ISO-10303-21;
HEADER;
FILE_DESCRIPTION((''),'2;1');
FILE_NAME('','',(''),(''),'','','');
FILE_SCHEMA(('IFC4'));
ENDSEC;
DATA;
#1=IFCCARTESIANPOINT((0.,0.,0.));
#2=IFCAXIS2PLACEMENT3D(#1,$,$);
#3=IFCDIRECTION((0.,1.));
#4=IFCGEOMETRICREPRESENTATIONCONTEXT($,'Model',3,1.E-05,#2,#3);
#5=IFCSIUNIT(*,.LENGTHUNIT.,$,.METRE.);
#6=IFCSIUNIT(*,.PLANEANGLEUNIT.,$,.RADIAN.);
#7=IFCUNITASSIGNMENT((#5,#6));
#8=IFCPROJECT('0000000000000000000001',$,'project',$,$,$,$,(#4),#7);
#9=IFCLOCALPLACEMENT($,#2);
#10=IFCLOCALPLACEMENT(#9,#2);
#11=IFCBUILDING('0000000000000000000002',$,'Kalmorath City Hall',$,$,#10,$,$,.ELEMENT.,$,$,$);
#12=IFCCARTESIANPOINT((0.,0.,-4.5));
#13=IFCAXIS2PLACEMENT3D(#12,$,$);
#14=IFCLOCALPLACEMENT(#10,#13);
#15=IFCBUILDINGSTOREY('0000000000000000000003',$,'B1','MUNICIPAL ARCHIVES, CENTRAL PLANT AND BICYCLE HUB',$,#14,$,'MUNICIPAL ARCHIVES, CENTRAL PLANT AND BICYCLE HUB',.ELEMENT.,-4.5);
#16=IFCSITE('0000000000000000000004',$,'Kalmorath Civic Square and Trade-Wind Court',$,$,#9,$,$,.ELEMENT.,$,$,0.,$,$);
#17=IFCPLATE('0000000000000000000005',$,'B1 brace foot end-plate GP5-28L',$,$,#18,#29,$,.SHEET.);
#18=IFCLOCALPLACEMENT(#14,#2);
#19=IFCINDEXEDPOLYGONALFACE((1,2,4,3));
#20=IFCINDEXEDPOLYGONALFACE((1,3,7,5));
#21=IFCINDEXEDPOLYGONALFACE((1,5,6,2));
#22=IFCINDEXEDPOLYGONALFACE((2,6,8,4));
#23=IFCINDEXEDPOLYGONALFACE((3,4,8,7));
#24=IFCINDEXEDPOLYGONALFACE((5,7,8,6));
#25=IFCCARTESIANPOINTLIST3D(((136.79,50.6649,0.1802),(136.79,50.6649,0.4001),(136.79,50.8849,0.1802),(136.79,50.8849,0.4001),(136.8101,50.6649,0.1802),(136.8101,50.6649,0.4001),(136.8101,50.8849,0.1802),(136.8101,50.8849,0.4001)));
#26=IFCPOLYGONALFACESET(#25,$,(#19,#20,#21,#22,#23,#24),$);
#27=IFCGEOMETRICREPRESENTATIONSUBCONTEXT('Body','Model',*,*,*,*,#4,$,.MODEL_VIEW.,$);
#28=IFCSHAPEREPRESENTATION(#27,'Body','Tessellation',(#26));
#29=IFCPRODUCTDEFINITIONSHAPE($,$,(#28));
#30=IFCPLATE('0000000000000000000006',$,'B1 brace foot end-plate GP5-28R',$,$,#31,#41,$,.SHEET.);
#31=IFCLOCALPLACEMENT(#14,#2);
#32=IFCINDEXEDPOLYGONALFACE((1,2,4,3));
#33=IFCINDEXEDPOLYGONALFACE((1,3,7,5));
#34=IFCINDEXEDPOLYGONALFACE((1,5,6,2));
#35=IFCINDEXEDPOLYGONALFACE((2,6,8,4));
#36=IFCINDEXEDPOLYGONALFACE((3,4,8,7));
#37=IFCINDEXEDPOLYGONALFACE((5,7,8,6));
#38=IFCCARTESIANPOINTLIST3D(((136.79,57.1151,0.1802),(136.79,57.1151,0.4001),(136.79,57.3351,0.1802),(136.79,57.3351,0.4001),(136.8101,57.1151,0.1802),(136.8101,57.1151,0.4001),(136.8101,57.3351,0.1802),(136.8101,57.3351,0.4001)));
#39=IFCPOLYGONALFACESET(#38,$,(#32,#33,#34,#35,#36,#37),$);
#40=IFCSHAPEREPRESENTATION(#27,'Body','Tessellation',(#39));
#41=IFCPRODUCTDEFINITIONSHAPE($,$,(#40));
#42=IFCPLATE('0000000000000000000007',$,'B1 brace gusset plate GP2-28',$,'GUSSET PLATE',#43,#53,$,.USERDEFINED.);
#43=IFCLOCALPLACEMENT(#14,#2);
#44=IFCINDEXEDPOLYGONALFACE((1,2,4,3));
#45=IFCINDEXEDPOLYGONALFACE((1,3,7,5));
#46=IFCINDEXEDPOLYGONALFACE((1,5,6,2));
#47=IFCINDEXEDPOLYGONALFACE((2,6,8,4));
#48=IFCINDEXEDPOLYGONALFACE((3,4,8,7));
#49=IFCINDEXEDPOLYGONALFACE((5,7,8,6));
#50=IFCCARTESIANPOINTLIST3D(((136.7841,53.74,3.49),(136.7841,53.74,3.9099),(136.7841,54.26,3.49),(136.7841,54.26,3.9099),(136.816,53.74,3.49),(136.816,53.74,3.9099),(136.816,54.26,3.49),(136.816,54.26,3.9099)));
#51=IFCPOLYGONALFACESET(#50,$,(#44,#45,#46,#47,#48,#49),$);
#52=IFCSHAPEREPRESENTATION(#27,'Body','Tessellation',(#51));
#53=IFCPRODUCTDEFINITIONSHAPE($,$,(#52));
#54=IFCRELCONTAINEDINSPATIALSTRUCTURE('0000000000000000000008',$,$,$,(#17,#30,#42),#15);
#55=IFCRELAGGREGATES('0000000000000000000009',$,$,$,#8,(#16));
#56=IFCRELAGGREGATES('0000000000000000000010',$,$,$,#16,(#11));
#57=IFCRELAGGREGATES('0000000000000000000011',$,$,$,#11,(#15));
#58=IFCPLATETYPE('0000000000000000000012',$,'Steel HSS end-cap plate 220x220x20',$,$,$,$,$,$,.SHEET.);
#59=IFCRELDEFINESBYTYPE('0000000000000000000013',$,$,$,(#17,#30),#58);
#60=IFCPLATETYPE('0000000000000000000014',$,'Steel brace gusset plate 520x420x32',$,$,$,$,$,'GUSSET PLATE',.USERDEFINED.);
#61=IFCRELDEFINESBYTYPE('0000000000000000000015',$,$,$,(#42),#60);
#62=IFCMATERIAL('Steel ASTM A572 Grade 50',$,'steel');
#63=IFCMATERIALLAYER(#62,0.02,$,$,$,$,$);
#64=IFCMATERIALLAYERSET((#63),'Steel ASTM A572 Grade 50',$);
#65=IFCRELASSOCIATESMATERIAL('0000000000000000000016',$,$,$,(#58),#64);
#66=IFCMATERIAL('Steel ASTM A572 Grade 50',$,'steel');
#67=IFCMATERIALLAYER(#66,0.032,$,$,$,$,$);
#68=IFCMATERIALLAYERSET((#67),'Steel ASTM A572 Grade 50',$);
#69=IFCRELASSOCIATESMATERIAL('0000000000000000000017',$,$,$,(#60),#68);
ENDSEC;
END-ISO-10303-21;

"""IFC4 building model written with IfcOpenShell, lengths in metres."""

from ifc_helpers import new_model, si_unit, direction, frame, origin, origin_2d, place, context, subcontext, project, spatial, rectangle, extrude, material, layer, layer_set, type_object, element, save


model = new_model("IFC4")

# Units and contexts
model_context = context("Model", 3, precision=1e-05, world=origin(), true_north=direction((0.0, 1.0)))
body_context = subcontext(model_context, "Body", "Model", "MODEL_VIEW")
ifc_project = project(units=[si_unit("LENGTHUNIT", "METRE"), si_unit("PLANEANGLEUNIT", "RADIAN")], contexts=[model_context])

# Site, building, storey
site_placement = place(None, origin())
site = spatial("IfcSite", under=ifc_project, at=site_placement, Name="Kalmorath Civic Square and Trade-Wind Court", CompositionType="ELEMENT", RefElevation=0.0)
building_placement = place(site_placement, origin())
building = spatial("IfcBuilding", under=site, at=building_placement, Name="Kalmorath City Hall", CompositionType="ELEMENT")
storey_placement = place(building_placement, frame((0.0, 0.0, -4.5)))
storey = spatial("IfcBuildingStorey", under=building, at=storey_placement, Name="B1", Description="MUNICIPAL ARCHIVES, CENTRAL PLANT AND BICYCLE HUB", LongName="MUNICIPAL ARCHIVES, CENTRAL PLANT AND BICYCLE HUB", CompositionType="ELEMENT", Elevation=-4.5)

# Plates
ifc_material_1 = material(Name="Steel ASTM A572 Grade 50", Category="steel")
ifc_layer_1 = layer(ifc_material_1, 0.02)
ifc_layer_set_1 = layer_set([ifc_layer_1], Name="Steel ASTM A572 Grade 50")
plate_type_1 = type_object("IfcPlateType", Name="Steel HSS end-cap plate 220x220x20", PredefinedType="SHEET", material=ifc_layer_set_1)
for number, where, z_axis, x_axis, name in (
    (1, (136.8, 50.7749, 0.1802), (0.0, 0.0, 1.0), (0.0, 1.0, 0.0), "B1 brace foot end-plate GP5-28L"),
    (2, (136.8, 57.2251, 0.1802), (0.0, 0.0, 1.0), (0.0, 1.0, 0.0), "B1 brace foot end-plate GP5-28R"),
):
    element("IfcPlate", number, at=place(storey_placement, frame(where, z_axis=z_axis, x_axis=x_axis)), inside=storey, type_object=plate_type_1, Name=name, PredefinedType="SHEET", context=body_context, shape_type="SweptSolid", body=[
        extrude(rectangle(XDim=0.22, YDim=0.02, at=origin_2d()), origin(), (0.0, 0.0, 1.0), 0.22),
    ])
ifc_material_2 = material(Name="Steel ASTM A572 Grade 50", Category="steel")
ifc_layer_2 = layer(ifc_material_2, 0.032)
ifc_layer_set_2 = layer_set([ifc_layer_2], Name="Steel ASTM A572 Grade 50")
plate_type_2 = type_object("IfcPlateType", Name="Steel brace gusset plate 520x420x32", ElementType="GUSSET PLATE", PredefinedType="USERDEFINED", material=ifc_layer_set_2)
plate_placement = place(storey_placement, frame((136.8, 54.0, 3.49), z_axis=(0.0, 0.0, 1.0), x_axis=(0.0, 1.0, 0.0)))
element("IfcPlate", 3, at=plate_placement, inside=storey, type_object=plate_type_2, Name="B1 brace gusset plate GP2-28", ObjectType="GUSSET PLATE", PredefinedType="USERDEFINED", context=body_context, shape_type="SweptSolid", body=[
    extrude(rectangle(XDim=0.52, YDim=0.032, at=origin_2d()), origin(), (0.0, 0.0, 1.0), 0.4199),
])

save(model, "model.ifc")
